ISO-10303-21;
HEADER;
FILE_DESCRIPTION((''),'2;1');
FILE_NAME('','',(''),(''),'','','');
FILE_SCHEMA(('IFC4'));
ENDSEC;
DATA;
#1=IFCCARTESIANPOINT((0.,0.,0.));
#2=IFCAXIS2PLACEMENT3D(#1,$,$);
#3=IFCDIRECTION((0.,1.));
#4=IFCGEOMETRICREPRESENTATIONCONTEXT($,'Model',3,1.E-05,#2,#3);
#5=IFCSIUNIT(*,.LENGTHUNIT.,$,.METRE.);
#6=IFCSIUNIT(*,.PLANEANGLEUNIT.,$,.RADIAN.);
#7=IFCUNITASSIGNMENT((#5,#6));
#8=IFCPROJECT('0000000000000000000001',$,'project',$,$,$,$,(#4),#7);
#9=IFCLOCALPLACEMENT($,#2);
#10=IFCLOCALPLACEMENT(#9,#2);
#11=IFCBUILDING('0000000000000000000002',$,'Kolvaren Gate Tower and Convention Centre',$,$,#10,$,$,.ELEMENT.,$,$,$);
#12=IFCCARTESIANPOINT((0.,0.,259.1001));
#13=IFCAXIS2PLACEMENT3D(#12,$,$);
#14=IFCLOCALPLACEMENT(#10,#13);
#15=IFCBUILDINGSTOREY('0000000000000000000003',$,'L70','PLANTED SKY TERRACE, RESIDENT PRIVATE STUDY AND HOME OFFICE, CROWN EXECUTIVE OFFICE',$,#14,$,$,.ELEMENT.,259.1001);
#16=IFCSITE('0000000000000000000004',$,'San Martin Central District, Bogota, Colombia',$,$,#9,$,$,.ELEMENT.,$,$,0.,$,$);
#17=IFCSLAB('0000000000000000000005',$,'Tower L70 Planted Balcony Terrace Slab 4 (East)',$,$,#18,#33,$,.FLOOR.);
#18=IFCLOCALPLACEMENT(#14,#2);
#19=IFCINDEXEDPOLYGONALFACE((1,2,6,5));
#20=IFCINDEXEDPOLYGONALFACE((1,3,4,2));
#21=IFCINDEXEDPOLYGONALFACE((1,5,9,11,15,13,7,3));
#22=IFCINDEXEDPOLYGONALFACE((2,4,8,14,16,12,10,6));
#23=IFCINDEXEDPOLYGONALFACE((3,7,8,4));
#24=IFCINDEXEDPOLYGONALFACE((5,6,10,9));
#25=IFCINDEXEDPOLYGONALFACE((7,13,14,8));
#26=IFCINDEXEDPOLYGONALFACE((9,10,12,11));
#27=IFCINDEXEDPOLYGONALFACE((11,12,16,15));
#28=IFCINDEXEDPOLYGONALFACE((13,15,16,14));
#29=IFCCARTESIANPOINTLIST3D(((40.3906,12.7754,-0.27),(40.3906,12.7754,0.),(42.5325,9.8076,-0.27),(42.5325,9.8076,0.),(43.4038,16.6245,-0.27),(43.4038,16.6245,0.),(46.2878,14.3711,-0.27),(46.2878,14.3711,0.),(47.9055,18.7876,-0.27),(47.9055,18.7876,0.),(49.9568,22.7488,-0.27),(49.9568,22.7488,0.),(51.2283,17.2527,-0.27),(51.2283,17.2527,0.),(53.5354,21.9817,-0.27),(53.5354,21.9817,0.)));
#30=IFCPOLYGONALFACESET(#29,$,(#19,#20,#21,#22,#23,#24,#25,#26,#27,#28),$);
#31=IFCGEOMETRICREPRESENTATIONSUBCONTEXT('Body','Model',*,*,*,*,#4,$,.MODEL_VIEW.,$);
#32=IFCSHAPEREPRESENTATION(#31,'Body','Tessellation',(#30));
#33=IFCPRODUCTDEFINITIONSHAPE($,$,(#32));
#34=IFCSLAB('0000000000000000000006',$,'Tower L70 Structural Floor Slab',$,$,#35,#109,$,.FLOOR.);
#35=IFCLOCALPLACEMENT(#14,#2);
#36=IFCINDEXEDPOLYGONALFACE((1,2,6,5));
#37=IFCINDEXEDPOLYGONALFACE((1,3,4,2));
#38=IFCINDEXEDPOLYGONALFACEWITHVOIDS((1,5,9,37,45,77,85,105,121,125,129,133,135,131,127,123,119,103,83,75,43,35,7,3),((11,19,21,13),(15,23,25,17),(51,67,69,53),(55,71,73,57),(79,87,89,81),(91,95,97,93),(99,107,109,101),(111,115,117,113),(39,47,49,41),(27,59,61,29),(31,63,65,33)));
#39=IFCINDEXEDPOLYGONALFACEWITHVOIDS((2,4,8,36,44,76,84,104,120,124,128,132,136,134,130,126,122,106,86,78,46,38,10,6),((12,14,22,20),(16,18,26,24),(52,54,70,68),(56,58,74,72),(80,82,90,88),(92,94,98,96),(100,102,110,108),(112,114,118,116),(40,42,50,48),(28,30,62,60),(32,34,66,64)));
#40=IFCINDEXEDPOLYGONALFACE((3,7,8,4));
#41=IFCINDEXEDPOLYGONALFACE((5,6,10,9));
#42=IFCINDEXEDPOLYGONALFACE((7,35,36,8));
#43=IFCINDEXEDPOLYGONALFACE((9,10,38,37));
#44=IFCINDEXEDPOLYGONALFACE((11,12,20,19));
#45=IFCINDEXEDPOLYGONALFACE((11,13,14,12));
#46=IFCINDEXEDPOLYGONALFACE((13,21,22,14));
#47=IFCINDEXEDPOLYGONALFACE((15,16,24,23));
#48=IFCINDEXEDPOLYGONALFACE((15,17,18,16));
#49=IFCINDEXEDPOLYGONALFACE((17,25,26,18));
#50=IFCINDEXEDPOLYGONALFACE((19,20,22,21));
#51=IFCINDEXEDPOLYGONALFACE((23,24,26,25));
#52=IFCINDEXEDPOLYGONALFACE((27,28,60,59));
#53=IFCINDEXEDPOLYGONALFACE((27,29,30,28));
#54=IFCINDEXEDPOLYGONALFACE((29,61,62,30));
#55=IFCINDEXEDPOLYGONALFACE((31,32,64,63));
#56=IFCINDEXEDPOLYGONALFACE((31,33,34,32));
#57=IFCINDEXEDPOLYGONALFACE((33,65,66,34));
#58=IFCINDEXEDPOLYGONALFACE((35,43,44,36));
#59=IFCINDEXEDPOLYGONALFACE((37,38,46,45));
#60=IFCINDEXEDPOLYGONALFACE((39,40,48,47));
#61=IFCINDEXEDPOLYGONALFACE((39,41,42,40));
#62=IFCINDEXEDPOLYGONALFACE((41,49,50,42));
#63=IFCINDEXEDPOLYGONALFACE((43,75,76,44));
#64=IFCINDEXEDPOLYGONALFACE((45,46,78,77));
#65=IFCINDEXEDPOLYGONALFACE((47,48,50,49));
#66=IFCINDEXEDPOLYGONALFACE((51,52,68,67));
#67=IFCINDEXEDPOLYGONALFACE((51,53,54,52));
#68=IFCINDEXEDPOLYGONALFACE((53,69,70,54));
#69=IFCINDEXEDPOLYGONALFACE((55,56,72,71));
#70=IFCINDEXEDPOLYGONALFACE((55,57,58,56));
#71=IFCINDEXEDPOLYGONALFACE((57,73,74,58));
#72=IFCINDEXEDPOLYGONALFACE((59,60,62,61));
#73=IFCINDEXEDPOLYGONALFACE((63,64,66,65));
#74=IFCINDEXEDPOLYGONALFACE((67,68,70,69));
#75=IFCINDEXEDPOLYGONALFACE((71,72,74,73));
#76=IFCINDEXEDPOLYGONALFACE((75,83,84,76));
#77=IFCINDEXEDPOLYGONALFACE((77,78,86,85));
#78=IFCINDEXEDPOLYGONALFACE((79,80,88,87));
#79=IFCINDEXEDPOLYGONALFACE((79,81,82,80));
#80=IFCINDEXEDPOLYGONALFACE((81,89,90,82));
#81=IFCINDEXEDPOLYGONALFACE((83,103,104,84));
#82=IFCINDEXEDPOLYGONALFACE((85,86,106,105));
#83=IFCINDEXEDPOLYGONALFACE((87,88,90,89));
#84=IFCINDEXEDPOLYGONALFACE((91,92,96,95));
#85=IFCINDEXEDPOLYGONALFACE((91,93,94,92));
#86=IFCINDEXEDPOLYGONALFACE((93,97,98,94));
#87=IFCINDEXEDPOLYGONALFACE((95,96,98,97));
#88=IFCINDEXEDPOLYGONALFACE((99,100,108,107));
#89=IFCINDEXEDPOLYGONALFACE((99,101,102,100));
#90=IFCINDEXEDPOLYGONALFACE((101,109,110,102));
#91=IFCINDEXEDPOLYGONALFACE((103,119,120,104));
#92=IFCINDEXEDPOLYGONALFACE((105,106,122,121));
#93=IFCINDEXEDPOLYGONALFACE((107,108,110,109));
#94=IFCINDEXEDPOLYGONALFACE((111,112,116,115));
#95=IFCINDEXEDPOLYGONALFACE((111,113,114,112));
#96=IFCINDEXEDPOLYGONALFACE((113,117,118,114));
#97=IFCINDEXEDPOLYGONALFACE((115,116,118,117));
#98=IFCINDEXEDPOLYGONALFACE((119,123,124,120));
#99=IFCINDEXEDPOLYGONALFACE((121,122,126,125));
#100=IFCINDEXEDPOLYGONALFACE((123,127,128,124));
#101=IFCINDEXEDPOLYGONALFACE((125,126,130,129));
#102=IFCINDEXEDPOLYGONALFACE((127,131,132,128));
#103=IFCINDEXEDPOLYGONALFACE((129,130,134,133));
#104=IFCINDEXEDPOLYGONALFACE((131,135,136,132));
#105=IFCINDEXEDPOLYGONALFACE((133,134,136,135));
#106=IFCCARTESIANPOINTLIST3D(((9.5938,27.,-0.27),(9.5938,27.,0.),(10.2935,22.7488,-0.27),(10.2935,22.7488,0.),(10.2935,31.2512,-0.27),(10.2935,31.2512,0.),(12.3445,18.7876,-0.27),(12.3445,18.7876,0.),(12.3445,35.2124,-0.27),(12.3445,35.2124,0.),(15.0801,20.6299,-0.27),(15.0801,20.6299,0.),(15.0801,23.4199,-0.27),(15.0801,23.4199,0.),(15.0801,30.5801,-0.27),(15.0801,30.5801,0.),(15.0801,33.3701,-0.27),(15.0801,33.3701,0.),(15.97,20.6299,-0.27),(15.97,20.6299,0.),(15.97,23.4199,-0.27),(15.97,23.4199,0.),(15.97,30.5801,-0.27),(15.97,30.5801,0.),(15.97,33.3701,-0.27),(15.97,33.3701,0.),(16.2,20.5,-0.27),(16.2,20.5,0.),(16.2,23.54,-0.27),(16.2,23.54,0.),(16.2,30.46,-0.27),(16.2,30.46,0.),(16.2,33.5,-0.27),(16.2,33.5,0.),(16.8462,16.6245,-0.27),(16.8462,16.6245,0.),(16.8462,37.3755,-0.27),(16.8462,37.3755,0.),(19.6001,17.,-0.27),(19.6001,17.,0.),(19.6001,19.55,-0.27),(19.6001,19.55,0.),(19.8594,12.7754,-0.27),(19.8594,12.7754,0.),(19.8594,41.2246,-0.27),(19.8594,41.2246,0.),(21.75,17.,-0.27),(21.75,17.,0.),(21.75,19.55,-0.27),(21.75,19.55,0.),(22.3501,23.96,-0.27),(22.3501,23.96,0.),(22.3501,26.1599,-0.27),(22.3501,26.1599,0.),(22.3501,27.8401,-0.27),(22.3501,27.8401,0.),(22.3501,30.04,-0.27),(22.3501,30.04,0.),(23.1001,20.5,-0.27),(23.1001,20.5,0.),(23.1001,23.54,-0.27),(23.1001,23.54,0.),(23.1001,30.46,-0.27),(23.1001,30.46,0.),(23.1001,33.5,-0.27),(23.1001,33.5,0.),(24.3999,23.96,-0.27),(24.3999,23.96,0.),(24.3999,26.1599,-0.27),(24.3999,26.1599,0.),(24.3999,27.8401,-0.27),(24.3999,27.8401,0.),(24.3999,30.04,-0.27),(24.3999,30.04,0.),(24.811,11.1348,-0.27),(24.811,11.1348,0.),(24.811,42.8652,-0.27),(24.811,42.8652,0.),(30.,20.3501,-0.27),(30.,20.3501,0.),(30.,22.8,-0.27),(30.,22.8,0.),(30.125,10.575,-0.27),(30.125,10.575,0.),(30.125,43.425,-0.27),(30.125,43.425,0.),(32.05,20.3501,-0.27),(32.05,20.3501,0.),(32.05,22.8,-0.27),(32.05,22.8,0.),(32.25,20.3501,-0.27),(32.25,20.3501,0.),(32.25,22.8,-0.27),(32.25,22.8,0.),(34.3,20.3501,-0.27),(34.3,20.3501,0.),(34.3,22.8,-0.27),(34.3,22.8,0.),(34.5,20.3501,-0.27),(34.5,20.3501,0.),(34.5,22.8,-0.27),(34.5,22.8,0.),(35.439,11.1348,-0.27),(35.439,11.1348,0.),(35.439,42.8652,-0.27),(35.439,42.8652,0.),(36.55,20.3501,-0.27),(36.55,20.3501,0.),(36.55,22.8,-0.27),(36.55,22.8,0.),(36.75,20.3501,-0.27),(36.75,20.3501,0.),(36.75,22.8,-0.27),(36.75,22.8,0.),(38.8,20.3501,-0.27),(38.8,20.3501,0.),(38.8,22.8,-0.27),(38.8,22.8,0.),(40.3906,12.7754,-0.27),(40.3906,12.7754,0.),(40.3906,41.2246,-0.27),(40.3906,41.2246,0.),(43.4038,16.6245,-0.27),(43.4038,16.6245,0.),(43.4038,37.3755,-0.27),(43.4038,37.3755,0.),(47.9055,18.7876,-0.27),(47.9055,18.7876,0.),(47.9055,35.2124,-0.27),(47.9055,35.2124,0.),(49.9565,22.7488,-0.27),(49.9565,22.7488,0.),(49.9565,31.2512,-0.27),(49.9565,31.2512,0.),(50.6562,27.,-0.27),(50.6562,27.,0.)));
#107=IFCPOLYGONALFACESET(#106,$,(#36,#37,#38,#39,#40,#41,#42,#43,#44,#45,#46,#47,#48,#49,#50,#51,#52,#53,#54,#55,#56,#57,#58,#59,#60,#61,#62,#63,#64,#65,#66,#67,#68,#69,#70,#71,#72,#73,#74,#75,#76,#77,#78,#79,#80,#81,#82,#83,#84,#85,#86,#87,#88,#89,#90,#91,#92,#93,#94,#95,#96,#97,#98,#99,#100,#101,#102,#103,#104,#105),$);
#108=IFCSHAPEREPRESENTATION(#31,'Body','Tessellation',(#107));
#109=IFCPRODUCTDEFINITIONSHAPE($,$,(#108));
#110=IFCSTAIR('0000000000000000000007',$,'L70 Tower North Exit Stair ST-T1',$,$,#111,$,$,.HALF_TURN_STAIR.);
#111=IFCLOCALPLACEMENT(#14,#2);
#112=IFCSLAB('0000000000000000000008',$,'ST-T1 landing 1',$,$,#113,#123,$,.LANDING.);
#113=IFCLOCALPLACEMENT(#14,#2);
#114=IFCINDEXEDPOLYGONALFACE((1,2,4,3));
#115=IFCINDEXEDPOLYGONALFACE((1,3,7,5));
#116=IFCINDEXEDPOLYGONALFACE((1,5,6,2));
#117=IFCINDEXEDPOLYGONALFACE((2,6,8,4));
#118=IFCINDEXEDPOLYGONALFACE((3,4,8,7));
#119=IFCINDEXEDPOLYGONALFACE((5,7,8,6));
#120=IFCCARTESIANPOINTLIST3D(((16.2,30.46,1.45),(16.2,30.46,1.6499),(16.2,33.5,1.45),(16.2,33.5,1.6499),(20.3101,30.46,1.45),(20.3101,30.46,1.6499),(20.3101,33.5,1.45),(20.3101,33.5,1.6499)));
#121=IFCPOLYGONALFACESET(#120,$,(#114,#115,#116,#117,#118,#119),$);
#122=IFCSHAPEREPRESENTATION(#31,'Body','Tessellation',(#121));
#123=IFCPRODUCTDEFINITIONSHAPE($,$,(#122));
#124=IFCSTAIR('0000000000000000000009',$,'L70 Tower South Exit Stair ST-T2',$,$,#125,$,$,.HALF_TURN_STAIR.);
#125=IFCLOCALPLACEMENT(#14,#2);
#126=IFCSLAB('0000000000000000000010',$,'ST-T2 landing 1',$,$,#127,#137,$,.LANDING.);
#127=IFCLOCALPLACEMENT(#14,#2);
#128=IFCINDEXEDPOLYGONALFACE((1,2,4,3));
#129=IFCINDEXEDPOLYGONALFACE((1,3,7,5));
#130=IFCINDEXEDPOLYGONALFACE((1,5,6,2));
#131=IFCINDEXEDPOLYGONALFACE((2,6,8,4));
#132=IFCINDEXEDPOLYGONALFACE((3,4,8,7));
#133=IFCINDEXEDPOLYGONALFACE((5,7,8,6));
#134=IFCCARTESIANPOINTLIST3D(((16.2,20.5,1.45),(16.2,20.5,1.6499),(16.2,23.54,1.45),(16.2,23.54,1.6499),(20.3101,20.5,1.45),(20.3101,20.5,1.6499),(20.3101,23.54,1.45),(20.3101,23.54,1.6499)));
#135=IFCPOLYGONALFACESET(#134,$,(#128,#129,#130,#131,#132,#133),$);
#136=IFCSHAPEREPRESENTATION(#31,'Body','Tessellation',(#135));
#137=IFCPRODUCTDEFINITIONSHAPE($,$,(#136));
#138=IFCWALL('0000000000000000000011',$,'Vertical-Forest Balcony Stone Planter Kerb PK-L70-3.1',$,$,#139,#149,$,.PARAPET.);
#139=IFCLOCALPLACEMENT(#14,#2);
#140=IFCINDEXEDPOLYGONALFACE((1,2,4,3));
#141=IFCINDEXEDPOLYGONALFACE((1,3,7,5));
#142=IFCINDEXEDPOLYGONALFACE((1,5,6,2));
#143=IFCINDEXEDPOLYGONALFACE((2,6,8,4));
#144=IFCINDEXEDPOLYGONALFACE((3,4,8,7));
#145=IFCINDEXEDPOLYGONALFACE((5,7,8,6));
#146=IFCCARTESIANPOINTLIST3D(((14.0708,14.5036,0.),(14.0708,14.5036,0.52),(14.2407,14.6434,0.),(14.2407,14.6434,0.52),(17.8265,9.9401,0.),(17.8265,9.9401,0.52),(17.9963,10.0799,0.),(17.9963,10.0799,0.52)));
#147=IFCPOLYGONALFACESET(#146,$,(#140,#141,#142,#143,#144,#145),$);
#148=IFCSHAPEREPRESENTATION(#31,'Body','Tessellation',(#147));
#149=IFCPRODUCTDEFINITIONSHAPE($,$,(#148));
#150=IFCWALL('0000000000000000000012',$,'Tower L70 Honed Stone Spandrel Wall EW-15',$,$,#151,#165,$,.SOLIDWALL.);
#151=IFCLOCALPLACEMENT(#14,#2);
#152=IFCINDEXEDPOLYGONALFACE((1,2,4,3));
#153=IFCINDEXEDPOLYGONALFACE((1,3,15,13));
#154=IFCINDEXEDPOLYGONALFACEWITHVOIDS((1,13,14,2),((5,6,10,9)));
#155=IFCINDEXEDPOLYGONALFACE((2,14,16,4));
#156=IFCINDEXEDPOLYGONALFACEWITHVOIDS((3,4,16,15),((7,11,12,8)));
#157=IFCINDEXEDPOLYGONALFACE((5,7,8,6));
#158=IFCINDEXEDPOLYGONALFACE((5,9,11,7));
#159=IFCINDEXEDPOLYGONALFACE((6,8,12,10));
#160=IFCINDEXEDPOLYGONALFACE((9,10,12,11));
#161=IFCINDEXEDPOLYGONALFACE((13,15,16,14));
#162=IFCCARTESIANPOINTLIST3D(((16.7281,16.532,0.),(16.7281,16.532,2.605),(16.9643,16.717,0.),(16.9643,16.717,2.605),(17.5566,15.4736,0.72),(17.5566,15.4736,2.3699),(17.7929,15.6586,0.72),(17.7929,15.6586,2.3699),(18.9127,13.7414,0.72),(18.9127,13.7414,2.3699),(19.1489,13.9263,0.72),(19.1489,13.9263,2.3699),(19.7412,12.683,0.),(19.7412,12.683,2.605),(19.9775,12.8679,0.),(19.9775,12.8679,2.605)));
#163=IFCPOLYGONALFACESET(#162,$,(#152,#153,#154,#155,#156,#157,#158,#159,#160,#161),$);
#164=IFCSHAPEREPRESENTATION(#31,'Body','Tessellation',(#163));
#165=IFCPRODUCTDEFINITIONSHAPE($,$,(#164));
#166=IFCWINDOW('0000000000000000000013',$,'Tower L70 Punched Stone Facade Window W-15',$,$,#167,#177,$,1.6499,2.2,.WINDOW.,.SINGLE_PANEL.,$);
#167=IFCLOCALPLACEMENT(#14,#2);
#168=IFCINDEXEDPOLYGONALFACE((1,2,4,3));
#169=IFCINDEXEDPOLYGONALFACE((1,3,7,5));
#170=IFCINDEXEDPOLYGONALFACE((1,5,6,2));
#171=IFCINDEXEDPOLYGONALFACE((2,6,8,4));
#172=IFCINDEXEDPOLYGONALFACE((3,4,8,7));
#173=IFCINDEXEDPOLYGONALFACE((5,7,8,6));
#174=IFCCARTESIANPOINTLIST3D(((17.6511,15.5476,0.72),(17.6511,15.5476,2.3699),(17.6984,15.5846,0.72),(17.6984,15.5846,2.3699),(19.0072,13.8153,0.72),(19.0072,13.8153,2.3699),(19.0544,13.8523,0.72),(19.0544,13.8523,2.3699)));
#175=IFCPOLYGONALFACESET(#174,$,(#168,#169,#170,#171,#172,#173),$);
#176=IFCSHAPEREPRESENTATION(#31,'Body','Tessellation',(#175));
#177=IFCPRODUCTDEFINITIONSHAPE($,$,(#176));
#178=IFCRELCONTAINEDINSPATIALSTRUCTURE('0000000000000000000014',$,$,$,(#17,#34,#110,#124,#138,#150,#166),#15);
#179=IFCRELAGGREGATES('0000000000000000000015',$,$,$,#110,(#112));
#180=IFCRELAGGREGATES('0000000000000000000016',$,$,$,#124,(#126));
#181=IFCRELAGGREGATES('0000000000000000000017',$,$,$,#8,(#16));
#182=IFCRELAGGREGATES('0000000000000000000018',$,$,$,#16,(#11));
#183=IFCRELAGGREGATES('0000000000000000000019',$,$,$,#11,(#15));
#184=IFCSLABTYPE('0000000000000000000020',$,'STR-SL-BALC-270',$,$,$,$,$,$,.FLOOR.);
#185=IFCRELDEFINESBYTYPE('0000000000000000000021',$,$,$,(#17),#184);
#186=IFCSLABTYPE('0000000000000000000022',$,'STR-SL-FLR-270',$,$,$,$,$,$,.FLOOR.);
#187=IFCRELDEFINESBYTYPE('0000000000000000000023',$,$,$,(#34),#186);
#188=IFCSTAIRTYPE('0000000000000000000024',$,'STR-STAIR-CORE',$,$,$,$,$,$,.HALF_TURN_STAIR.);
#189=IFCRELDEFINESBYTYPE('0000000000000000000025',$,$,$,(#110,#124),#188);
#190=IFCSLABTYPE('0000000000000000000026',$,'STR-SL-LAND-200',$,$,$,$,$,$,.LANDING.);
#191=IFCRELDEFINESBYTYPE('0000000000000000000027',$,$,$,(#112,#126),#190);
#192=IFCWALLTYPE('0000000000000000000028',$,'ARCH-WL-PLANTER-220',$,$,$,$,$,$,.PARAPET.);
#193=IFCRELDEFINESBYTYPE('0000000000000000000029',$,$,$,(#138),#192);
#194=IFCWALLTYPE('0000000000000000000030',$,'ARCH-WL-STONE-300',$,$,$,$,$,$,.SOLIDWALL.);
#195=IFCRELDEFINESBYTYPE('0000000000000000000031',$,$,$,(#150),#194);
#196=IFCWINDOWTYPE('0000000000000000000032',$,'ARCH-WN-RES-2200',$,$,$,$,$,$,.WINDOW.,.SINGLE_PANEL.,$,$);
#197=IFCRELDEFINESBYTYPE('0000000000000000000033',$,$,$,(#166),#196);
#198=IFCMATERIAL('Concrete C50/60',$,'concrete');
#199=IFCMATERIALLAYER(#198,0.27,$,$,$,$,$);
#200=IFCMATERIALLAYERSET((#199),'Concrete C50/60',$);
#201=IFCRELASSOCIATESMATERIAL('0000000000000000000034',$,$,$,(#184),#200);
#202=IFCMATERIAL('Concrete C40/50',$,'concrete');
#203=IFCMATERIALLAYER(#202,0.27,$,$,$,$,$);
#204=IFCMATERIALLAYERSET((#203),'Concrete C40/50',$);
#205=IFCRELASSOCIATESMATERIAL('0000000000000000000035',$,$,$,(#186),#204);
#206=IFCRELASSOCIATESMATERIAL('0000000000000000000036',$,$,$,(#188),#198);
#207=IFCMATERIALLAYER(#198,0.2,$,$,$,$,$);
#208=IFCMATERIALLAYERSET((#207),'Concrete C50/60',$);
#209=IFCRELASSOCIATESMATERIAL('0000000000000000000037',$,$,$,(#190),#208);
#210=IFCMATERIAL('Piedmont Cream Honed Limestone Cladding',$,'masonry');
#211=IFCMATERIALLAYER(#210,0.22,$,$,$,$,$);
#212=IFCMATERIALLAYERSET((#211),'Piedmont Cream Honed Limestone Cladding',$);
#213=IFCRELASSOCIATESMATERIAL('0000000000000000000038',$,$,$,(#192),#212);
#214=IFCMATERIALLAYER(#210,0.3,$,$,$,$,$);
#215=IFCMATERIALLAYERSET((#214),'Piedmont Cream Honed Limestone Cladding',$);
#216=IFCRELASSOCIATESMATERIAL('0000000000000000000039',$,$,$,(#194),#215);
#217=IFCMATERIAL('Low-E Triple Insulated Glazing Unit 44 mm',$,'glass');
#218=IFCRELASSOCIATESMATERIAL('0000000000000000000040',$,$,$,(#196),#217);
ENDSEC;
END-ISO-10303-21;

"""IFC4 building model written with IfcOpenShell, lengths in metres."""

from ifc_helpers import new_model, si_unit, direction, frame, frame_2d, origin, place, context, subcontext, project, spatial, polyline, rectangle, outline, extrude, material, layer, layer_set, type_object, element, fill, aggregate, save


model = new_model("IFC4")

# Units and contexts
model_context = context("Model", 3, precision=1e-05, world=origin(), true_north=direction((0.0, 1.0)))
body_context = subcontext(model_context, "Body", "Model", "MODEL_VIEW")
ifc_project = project(units=[si_unit("LENGTHUNIT", "METRE"), si_unit("PLANEANGLEUNIT", "RADIAN")], contexts=[model_context])

# Site, building, storey
site_placement = place(None, origin())
site = spatial("IfcSite", under=ifc_project, at=site_placement, Name="San Martin Central District, Bogota, Colombia", CompositionType="ELEMENT", RefElevation=0.0)
building_placement = place(site_placement, origin())
building = spatial("IfcBuilding", under=site, at=building_placement, Name="Kolvaren Gate Tower and Convention Centre", CompositionType="ELEMENT")
storey_placement = place(building_placement, frame((0.0, 0.0, 259.1001)))
storey = spatial("IfcBuildingStorey", under=building, at=storey_placement, Name="L70", Description="PLANTED SKY TERRACE, RESIDENT PRIVATE STUDY AND HOME OFFICE, CROWN EXECUTIVE OFFICE", CompositionType="ELEMENT", Elevation=259.1001)

# Shared definitions
ifc_material_1 = material(Name="Low-E Triple Insulated Glazing Unit 44 mm", Category="glass")

# Slabs
ifc_material_2 = material(Name="Concrete C50/60", Category="concrete")
ifc_layer_1 = layer(ifc_material_2, 0.27)
ifc_layer_set_1 = layer_set([ifc_layer_1], Name="Concrete C50/60")
slab_type_1 = type_object("IfcSlabType", Name="STR-SL-BALC-270", PredefinedType="FLOOR", material=ifc_layer_set_1)
slab_1_placement = place(storey_placement, frame((0.0, 0.0, -0.27)))
element("IfcSlab", 1, at=slab_1_placement, inside=storey, type_object=slab_type_1, Name="Tower L70 Planted Balcony Terrace Slab 4 (East)", PredefinedType="FLOOR", context=body_context, shape_type="SweptSolid", body=[
    extrude(outline(polyline([(40.3906, 12.7754), (43.4038, 16.6245), (47.9055, 18.7876), (49.9568, 22.7488), (53.5354, 21.9817), (51.2283, 17.2527), (46.2878, 14.3711), (42.5325, 9.8076), (40.3906, 12.7754)])), origin(), (0.0, 0.0, 1.0), 0.27),
])
ifc_material_3 = material(Name="Concrete C40/50", Category="concrete")
ifc_layer_2 = layer(ifc_material_3, 0.27)
ifc_layer_set_2 = layer_set([ifc_layer_2], Name="Concrete C40/50")
slab_type_2 = type_object("IfcSlabType", Name="STR-SL-FLR-270", PredefinedType="FLOOR", material=ifc_layer_set_2)
slab_2_placement = place(storey_placement, frame((0.0, 0.0, -0.27)))
element("IfcSlab", 2, at=slab_2_placement, inside=storey, type_object=slab_type_2, Name="Tower L70 Structural Floor Slab", PredefinedType="FLOOR", context=body_context, shape_type="SweptSolid", body=[
    extrude(outline(polyline([(50.6562, 27.0), (49.9565, 31.2512), (47.9055, 35.2124), (43.4038, 37.3755), (40.3906, 41.2246), (35.439, 42.8652), (30.125, 43.425), (24.811, 42.8652), (19.8594, 41.2246), (16.8462, 37.3755), (12.3445, 35.2124), (10.2935, 31.2512), (9.5938, 27.0), (10.2935, 22.7488), (12.3445, 18.7876), (16.8462, 16.6245), (19.8594, 12.7754), (24.811, 11.1348), (30.125, 10.575), (35.439, 11.1348), (40.3906, 12.7754), (43.4038, 16.6245), (47.9055, 18.7876), (49.9565, 22.7488), (50.6562, 27.0)]), holes=[polyline([(36.75, 20.3501), (36.75, 22.8), (38.8, 22.8), (38.8, 20.3501), (36.75, 20.3501)]), polyline([(36.55, 20.3501), (34.5, 20.3501), (34.5, 22.8), (36.55, 22.8), (36.55, 20.3501)]), polyline([(32.25, 20.3501), (32.25, 22.8), (34.3, 22.8), (34.3, 20.3501), (32.25, 20.3501)]), polyline([(30.0, 20.3501), (30.0, 22.8), (32.05, 22.8), (32.05, 20.3501), (30.0, 20.3501)]), polyline([(22.3501, 23.96), (22.3501, 26.1599), (24.3999, 26.1599), (24.3999, 23.96), (22.3501, 23.96)]), polyline([(22.3501, 27.8401), (22.3501, 30.04), (24.3999, 30.04), (24.3999, 27.8401), (22.3501, 27.8401)]), polyline([(16.2, 23.54), (23.1001, 23.54), (23.1001, 20.5), (16.2, 20.5), (16.2, 23.54)]), polyline([(16.2, 33.5), (23.1001, 33.5), (23.1001, 30.46), (16.2, 30.46), (16.2, 33.5)]), polyline([(21.75, 17.0), (19.6001, 17.0), (19.6001, 19.55), (21.75, 19.55), (21.75, 17.0)]), polyline([(15.0801, 30.5801), (15.0801, 33.3701), (15.97, 33.3701), (15.97, 30.5801), (15.0801, 30.5801)]), polyline([(15.97, 20.6299), (15.0801, 20.6299), (15.0801, 23.4199), (15.97, 23.4199), (15.97, 20.6299)])]), origin(), (0.0, 0.0, 1.0), 0.27),
])

# Stairs, slabs
stair_type = type_object("IfcStairType", Name="STR-STAIR-CORE", PredefinedType="HALF_TURN_STAIR", material=ifc_material_2)
stair_1_placement = place(storey_placement, origin())
stair_1 = element("IfcStair", 3, at=stair_1_placement, inside=storey, type_object=stair_type, Name="L70 Tower North Exit Stair ST-T1", PredefinedType="HALF_TURN_STAIR")
ifc_layer_3 = layer(ifc_material_2, 0.2)
ifc_layer_set_3 = layer_set([ifc_layer_3], Name="Concrete C50/60")
slab_type_3 = type_object("IfcSlabType", Name="STR-SL-LAND-200", PredefinedType="LANDING", material=ifc_layer_set_3)
slab_3_placement = place(storey_placement, frame((0.0, 0.0, 1.45)))
slab_3 = element("IfcSlab", 4, at=slab_3_placement, type_object=slab_type_3, Name="ST-T1 landing 1", PredefinedType="LANDING", context=body_context, shape_type="SweptSolid", body=[
    extrude(outline(polyline([(20.3101, 33.5), (16.2, 33.5), (16.2, 30.46), (20.3101, 30.46), (20.3101, 33.5)])), origin(), (0.0, 0.0, 1.0), 0.2),
])
aggregate(stair_1, [slab_3])
stair_2_placement = place(storey_placement, origin())
stair_2 = element("IfcStair", 5, at=stair_2_placement, inside=storey, type_object=stair_type, Name="L70 Tower South Exit Stair ST-T2", PredefinedType="HALF_TURN_STAIR")
slab_4_placement = place(storey_placement, frame((0.0, 0.0, 1.45)))
slab_4 = element("IfcSlab", 6, at=slab_4_placement, type_object=slab_type_3, Name="ST-T2 landing 1", PredefinedType="LANDING", context=body_context, shape_type="SweptSolid", body=[
    extrude(outline(polyline([(20.3101, 23.54), (16.2, 23.54), (16.2, 20.5), (20.3101, 20.5), (20.3101, 23.54)])), origin(), (0.0, 0.0, 1.0), 0.2),
])
aggregate(stair_2, [slab_4])

# Wall
ifc_material_4 = material(Name="Piedmont Cream Honed Limestone Cladding", Category="masonry")
ifc_layer_4 = layer(ifc_material_4, 0.22)
ifc_layer_set_4 = layer_set([ifc_layer_4], Name="Piedmont Cream Honed Limestone Cladding")
wall_type_1 = type_object("IfcWallType", Name="ARCH-WL-PLANTER-220", PredefinedType="PARAPET", material=ifc_layer_set_4)
wall_1_placement = place(storey_placement, frame((14.1558, 14.5735, 0.0), z_axis=(0.0, 0.0, 1.0), x_axis=(0.635451, -0.772141, 0.0)))
element("IfcWall", 7, at=wall_1_placement, inside=storey, type_object=wall_type_1, Name="Vertical-Forest Balcony Stone Planter Kerb PK-L70-3.1", PredefinedType="PARAPET", context=body_context, shape_type="SweptSolid", body=[
    extrude(rectangle(XDim=5.9102, YDim=0.22, at=frame_2d((2.9551, 0.0))), origin(), (0.0, 0.0, 1.0), 0.52),
])

# Wall, opening, window
ifc_layer_5 = layer(ifc_material_4, 0.3)
ifc_layer_set_5 = layer_set([ifc_layer_5], Name="Piedmont Cream Honed Limestone Cladding")
wall_type_2 = type_object("IfcWallType", Name="ARCH-WL-STONE-300", PredefinedType="SOLIDWALL", material=ifc_layer_set_5)
wall_2_placement = place(storey_placement, frame((16.8462, 16.6245, 0.0), z_axis=(0.0, 0.0, 1.0), x_axis=(0.616413, -0.787423, 0.0)))
wall_2 = element("IfcWall", 8, at=wall_2_placement, inside=storey, type_object=wall_type_2, Name="Tower L70 Honed Stone Spandrel Wall EW-15", PredefinedType="SOLIDWALL", context=body_context, shape_type="SweptSolid", body=[
    extrude(rectangle(XDim=4.8882, YDim=0.3, at=frame_2d((2.4441, 0.0))), origin(), (0.0, 0.0, 1.0), 2.605),
])
opening_placement = place(wall_2_placement, frame((1.344, 0.0, 0.72)))
opening = element("IfcOpeningElement", 9, at=opening_placement, cuts=wall_2, PredefinedType="OPENING", context=body_context, shape_type="SweptSolid", body=[
    extrude(rectangle(XDim=2.2, YDim=1.6499, at=frame_2d((1.1001, 0.825))), frame((0.0, 0.1599, 0.0), z_axis=(0.0, -1.0, 0.0), x_axis=(1.0, 0.0, 0.0)), (0.0, 0.0, 1.0), 0.3201),
])
window_type = type_object("IfcWindowType", Name="ARCH-WN-RES-2200", PartitioningType="SINGLE_PANEL", PredefinedType="WINDOW", material=ifc_material_1)
window_placement = place(opening_placement, origin())
window = element("IfcWindow", 10, at=window_placement, inside=storey, type_object=window_type, Name="Tower L70 Punched Stone Facade Window W-15", OverallHeight=1.6499, OverallWidth=2.2, PartitioningType="SINGLE_PANEL", PredefinedType="WINDOW", context=body_context, shape_type="SweptSolid", body=[
    extrude(rectangle(XDim=2.2, YDim=1.6499, at=frame_2d((1.1001, 0.825))), frame((0.0, 0.03, 0.0), z_axis=(0.0, -1.0, 0.0), x_axis=(1.0, 0.0, 0.0)), (0.0, 0.0, 1.0), 0.0601),
])
fill(opening, window)

save(model, "model.ifc")
